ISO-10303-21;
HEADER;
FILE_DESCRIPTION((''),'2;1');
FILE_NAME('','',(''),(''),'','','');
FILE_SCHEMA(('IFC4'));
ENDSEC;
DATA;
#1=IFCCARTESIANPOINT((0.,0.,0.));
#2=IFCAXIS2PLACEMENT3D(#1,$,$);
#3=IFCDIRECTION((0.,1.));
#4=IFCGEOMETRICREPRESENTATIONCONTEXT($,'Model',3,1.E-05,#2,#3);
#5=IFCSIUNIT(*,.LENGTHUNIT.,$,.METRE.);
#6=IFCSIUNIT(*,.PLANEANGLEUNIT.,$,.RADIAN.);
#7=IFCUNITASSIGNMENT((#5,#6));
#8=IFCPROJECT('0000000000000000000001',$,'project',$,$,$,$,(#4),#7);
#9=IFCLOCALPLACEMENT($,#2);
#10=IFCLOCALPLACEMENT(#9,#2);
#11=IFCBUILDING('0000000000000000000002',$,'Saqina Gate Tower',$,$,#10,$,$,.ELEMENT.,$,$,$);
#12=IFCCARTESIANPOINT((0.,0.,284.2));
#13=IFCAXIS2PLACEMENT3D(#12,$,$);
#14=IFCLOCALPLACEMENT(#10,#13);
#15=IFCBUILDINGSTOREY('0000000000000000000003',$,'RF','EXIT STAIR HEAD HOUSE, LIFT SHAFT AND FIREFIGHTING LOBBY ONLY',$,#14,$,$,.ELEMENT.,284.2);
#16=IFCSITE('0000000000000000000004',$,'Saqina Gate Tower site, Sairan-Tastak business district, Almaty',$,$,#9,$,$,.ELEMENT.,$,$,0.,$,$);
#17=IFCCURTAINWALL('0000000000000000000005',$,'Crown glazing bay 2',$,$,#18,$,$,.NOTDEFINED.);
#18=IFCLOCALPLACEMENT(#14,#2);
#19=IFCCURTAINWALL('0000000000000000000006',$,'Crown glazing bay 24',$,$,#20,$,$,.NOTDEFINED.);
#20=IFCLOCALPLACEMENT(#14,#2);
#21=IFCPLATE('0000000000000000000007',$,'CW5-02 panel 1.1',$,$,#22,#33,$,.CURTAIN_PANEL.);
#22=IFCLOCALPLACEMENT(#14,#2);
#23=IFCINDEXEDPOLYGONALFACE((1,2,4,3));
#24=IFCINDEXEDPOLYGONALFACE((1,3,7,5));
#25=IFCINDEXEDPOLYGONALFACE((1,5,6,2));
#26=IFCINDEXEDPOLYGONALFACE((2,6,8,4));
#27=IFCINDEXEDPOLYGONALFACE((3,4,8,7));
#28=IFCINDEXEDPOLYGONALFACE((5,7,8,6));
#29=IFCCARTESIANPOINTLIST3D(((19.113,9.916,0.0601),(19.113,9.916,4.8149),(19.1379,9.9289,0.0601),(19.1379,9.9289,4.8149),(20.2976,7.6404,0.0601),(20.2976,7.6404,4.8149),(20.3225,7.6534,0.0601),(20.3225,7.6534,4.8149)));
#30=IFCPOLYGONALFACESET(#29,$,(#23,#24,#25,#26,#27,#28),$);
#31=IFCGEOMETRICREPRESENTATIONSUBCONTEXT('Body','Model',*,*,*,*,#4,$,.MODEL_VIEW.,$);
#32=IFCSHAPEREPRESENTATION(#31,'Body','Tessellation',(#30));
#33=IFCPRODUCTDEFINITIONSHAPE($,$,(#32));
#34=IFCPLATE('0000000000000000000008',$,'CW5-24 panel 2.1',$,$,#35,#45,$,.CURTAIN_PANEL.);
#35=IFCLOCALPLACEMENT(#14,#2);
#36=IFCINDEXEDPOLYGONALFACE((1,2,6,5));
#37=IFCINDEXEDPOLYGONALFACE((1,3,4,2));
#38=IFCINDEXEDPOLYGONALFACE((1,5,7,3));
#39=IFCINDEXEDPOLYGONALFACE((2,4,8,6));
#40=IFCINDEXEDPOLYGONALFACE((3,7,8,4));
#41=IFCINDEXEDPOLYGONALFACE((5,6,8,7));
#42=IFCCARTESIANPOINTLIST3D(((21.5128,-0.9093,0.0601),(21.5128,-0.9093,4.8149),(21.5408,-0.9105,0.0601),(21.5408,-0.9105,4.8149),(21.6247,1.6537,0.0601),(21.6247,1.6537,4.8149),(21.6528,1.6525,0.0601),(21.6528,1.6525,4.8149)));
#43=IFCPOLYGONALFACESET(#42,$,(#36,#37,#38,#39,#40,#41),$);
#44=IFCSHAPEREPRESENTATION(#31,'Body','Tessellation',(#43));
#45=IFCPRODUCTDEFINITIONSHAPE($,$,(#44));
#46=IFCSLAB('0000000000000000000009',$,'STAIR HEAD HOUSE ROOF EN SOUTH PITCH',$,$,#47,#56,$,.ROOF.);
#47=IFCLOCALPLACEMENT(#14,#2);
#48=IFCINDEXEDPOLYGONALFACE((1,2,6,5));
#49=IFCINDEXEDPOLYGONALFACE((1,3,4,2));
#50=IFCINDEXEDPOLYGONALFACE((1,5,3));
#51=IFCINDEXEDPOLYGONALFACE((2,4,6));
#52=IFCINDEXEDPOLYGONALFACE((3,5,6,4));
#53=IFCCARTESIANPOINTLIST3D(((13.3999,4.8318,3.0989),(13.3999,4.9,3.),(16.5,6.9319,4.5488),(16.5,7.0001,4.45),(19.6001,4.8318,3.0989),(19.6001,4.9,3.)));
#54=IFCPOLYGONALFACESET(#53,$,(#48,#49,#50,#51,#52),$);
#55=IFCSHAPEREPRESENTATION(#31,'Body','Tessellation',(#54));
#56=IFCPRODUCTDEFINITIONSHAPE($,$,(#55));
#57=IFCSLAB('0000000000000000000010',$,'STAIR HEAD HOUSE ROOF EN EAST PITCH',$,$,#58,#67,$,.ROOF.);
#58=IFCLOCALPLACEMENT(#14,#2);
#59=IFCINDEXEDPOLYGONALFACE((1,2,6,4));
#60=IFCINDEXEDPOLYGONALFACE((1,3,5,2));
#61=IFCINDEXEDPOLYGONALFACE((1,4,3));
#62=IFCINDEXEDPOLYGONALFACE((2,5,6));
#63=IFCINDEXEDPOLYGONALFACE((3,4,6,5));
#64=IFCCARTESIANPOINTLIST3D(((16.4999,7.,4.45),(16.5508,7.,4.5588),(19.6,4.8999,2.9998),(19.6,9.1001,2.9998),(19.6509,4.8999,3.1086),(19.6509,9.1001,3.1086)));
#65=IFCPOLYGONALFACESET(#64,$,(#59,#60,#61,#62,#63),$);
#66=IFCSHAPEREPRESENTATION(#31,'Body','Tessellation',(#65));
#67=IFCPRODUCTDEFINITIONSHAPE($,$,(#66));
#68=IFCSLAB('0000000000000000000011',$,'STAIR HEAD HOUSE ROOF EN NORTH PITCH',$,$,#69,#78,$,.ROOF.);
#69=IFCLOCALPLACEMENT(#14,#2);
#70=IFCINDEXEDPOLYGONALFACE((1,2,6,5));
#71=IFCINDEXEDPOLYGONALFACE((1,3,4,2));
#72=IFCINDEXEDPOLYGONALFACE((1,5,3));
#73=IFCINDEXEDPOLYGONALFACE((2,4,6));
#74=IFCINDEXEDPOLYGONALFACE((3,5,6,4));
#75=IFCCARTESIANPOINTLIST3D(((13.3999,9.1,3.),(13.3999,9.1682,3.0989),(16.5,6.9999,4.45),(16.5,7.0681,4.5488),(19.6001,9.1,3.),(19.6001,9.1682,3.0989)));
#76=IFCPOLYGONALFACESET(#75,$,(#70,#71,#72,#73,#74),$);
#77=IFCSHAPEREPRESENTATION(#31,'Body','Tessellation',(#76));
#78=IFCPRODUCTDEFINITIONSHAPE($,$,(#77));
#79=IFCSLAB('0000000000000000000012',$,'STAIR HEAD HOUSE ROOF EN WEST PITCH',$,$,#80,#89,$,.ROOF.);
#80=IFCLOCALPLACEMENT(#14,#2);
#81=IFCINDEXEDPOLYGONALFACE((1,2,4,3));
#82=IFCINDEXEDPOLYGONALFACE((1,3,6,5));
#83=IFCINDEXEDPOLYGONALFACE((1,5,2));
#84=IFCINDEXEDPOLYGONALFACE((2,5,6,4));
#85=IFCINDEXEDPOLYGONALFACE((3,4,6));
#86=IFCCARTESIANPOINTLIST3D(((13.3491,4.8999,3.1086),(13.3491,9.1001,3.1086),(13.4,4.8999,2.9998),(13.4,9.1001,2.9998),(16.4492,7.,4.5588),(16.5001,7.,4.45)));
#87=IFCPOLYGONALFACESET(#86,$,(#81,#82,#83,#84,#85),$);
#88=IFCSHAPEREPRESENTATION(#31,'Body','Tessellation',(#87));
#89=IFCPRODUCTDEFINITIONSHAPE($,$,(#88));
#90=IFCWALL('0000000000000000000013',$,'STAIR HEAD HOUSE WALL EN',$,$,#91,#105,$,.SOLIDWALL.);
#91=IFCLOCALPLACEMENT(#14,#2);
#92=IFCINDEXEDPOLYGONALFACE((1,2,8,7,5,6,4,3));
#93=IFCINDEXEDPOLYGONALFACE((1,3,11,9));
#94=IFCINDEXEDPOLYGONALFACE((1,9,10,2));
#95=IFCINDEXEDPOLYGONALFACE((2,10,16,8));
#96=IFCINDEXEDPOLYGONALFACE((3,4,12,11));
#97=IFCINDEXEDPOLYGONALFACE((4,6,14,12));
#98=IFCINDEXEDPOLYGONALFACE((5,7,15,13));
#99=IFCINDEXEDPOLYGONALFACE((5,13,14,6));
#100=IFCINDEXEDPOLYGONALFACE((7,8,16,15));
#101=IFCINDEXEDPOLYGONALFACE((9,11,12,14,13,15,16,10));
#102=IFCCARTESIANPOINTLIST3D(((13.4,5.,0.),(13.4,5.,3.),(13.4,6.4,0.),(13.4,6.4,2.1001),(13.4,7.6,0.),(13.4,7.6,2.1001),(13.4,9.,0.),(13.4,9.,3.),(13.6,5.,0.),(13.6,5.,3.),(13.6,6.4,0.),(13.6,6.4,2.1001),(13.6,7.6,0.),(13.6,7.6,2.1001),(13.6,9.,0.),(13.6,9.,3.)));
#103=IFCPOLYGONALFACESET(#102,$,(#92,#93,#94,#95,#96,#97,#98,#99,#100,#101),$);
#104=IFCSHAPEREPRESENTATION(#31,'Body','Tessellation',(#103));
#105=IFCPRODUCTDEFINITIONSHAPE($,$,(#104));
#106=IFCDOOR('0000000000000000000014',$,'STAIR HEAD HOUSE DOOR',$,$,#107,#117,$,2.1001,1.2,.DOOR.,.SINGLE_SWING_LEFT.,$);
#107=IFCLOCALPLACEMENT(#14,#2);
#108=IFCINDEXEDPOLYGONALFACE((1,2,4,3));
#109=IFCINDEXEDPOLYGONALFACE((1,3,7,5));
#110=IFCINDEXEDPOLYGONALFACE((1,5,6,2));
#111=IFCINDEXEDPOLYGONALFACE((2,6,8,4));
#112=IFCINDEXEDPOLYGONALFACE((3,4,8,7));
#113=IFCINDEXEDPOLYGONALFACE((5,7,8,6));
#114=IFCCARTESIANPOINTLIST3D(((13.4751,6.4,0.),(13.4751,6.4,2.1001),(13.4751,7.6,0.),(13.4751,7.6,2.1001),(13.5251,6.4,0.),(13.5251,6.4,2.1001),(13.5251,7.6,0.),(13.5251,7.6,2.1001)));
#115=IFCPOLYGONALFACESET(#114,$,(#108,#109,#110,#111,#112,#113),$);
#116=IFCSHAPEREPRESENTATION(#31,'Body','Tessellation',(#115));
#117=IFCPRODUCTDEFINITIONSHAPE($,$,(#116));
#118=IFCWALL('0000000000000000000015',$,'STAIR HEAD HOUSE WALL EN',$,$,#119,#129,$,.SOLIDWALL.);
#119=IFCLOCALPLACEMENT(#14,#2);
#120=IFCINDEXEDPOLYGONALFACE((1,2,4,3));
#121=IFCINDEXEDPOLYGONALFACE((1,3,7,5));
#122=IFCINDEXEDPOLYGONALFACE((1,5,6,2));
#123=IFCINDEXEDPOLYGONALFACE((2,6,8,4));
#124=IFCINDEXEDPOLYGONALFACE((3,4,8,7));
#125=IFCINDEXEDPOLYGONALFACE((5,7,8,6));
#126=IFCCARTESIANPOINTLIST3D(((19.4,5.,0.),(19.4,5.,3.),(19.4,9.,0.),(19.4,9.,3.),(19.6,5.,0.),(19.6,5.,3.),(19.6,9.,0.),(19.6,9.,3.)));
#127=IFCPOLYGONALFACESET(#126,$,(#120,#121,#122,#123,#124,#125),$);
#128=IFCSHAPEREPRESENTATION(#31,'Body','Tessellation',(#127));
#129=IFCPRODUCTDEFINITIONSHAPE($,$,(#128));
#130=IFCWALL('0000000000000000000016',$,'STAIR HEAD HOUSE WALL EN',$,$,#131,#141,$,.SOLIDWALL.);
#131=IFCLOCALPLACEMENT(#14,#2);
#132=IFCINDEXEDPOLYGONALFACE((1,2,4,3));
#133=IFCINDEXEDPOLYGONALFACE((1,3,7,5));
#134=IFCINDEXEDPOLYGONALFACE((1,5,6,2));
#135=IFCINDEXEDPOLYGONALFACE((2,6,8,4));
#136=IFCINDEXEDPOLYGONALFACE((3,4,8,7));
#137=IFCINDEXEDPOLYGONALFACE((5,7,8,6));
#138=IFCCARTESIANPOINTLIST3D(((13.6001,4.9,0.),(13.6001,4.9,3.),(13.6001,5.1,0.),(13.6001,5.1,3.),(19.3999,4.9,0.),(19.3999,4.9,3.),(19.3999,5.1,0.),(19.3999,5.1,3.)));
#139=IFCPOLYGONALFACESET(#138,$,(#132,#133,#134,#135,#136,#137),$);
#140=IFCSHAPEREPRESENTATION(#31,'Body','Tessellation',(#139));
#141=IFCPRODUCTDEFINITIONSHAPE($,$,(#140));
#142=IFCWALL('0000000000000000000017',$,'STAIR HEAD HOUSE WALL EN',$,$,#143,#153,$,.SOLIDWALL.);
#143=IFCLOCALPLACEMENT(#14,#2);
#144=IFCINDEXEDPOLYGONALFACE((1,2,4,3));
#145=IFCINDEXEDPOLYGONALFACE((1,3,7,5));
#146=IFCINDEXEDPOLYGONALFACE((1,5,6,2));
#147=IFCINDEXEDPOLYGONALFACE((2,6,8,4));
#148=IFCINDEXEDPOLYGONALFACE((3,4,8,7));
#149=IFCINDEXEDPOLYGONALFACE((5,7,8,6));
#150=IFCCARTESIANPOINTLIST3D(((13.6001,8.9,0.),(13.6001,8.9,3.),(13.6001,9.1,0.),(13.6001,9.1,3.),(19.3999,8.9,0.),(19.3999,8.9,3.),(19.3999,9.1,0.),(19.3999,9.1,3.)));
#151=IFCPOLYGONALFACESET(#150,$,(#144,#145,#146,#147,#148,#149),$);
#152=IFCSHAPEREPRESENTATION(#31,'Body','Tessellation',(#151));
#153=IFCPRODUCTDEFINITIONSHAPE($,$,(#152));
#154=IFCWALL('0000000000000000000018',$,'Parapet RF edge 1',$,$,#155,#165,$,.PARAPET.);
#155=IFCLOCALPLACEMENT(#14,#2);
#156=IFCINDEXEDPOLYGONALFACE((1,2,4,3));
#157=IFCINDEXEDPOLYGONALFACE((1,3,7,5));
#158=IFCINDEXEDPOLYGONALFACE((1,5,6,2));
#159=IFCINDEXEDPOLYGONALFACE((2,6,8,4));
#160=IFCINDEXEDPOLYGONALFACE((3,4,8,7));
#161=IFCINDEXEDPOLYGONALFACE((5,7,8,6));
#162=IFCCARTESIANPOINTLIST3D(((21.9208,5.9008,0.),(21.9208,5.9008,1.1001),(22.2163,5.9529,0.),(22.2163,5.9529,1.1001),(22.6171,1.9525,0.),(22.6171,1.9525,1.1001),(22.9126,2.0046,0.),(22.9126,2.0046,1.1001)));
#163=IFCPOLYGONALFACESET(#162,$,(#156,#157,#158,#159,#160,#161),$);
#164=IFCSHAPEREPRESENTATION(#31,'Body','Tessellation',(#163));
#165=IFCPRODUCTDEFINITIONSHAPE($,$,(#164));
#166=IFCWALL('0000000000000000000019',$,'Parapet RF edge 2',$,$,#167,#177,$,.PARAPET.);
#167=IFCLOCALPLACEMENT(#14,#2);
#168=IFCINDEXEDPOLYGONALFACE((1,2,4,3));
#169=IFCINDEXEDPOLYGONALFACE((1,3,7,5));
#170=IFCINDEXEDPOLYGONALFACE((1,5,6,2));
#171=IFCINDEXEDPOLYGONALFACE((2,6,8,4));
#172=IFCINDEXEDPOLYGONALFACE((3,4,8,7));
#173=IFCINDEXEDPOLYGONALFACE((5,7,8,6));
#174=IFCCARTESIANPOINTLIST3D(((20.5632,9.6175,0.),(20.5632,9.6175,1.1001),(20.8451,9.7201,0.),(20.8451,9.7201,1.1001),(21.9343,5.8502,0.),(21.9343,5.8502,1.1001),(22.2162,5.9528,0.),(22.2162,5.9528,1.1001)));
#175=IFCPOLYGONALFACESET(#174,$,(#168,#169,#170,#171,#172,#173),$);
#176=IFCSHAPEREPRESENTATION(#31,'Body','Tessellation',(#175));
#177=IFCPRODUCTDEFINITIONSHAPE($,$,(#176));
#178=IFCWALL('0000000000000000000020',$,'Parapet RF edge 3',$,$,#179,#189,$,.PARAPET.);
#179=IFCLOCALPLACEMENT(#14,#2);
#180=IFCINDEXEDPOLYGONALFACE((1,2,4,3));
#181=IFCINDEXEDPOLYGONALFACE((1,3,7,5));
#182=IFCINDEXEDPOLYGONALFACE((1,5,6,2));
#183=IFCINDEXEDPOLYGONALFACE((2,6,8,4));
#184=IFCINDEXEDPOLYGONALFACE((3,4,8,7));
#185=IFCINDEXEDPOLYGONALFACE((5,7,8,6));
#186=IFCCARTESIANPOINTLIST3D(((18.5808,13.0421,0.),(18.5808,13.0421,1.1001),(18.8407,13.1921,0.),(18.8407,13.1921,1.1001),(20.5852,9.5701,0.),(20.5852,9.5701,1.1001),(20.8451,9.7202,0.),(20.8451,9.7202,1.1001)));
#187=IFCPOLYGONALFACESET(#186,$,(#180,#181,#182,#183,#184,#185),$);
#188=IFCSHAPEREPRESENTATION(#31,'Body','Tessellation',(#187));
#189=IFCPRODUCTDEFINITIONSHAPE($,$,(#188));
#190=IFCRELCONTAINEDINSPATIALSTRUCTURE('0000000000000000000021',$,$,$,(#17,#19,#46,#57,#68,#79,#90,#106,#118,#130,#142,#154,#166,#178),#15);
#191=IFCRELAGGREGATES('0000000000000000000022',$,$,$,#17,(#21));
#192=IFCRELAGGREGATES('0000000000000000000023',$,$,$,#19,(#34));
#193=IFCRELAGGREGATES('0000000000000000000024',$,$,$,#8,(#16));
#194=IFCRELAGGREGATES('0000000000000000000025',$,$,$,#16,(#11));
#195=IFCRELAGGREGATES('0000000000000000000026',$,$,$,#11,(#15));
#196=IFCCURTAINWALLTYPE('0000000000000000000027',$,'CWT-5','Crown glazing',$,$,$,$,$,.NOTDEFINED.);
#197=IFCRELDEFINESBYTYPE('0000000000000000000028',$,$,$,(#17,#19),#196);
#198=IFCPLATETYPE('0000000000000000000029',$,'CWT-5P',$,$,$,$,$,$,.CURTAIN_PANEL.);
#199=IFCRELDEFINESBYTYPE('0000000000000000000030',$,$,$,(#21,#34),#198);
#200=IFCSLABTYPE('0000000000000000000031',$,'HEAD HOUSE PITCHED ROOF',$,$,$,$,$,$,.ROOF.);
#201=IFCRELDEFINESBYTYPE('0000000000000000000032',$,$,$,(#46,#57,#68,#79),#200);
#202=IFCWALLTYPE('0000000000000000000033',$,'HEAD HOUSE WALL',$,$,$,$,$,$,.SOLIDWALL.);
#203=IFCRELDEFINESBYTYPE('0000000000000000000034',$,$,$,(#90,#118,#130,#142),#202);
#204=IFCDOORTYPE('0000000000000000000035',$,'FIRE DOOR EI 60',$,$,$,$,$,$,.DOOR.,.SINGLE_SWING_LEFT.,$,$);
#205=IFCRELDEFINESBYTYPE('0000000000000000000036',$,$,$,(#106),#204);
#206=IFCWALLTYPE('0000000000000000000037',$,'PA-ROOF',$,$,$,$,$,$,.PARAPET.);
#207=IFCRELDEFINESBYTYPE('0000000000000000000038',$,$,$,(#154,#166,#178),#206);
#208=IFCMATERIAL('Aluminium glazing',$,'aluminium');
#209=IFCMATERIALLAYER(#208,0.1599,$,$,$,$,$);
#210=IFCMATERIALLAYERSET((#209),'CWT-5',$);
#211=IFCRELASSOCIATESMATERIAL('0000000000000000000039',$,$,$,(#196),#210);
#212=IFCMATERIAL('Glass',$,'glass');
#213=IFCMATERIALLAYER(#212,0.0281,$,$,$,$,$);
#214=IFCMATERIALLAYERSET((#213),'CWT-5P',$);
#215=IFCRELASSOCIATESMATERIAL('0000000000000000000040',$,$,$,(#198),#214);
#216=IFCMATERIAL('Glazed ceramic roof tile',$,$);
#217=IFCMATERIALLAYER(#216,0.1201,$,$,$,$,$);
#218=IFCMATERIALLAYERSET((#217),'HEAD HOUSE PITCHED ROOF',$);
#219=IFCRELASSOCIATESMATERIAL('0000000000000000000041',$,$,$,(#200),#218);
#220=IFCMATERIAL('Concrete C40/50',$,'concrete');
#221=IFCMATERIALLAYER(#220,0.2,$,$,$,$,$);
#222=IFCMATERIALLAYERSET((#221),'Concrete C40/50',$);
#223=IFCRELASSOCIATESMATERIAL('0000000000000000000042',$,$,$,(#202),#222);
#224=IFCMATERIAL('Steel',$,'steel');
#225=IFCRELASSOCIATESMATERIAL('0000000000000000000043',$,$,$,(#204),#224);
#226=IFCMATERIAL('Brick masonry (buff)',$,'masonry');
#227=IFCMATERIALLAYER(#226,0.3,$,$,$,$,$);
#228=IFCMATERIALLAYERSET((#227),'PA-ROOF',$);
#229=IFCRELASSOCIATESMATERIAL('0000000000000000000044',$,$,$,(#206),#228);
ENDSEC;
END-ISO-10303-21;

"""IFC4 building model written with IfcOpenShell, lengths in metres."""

from ifc_helpers import new_model, si_unit, direction, frame, frame_2d, origin, origin_2d, place, context, subcontext, project, spatial, polyline, rectangle, outline, extrude, material, layer, layer_set, type_object, element, fill, aggregate, save


model = new_model("IFC4")

# Units and contexts
model_context = context("Model", 3, precision=1e-05, world=origin(), true_north=direction((0.0, 1.0)))
body_context = subcontext(model_context, "Body", "Model", "MODEL_VIEW")
ifc_project = project(units=[si_unit("LENGTHUNIT", "METRE"), si_unit("PLANEANGLEUNIT", "RADIAN")], contexts=[model_context])

# Site, building, storey
site_placement = place(None, origin())
site = spatial("IfcSite", under=ifc_project, at=site_placement, Name="Saqina Gate Tower site, Sairan-Tastak business district, Almaty", CompositionType="ELEMENT", RefElevation=0.0)
building_placement = place(site_placement, origin())
building = spatial("IfcBuilding", under=site, at=building_placement, Name="Saqina Gate Tower", CompositionType="ELEMENT")
storey_placement = place(building_placement, frame((0.0, 0.0, 284.2)))
storey = spatial("IfcBuildingStorey", under=building, at=storey_placement, Name="RF", Description="EXIT STAIR HEAD HOUSE, LIFT SHAFT AND FIREFIGHTING LOBBY ONLY", CompositionType="ELEMENT", Elevation=284.2)

# Curtain walls
ifc_material_1 = material(Name="Aluminium glazing", Category="aluminium")
ifc_layer_1 = layer(ifc_material_1, 0.1599)
ifc_layer_set_1 = layer_set([ifc_layer_1], Name="CWT-5")
curtain_wall_type = type_object("IfcCurtainWallType", Name="CWT-5", Description="Crown glazing", PredefinedType="NOTDEFINED", material=ifc_layer_set_1)
curtain_wall_1_placement = place(storey_placement, origin())
curtain_wall_1 = element("IfcCurtainWall", 1, at=curtain_wall_1_placement, inside=storey, type_object=curtain_wall_type, Name="Crown glazing bay 2", PredefinedType="NOTDEFINED")
curtain_wall_2_placement = place(storey_placement, origin())
curtain_wall_2 = element("IfcCurtainWall", 2, at=curtain_wall_2_placement, inside=storey, type_object=curtain_wall_type, Name="Crown glazing bay 24", PredefinedType="NOTDEFINED")

# Plates
ifc_material_2 = material(Name="Glass", Category="glass")
ifc_layer_2 = layer(ifc_material_2, 0.0281)
ifc_layer_set_2 = layer_set([ifc_layer_2], Name="CWT-5P")
plate_type = type_object("IfcPlateType", Name="CWT-5P", PredefinedType="CURTAIN_PANEL", material=ifc_layer_set_2)
plate_1_placement = place(storey_placement, frame((19.7178, 8.7847, 0.0601), z_axis=(0.0, 0.0, 1.0), x_axis=(-0.461751, 0.88701, 0.0)))
plate_1 = element("IfcPlate", 3, at=plate_1_placement, type_object=plate_type, Name="CW5-02 panel 1.1", PredefinedType="CURTAIN_PANEL", context=body_context, shape_type="SweptSolid", body=[
    extrude(rectangle(XDim=2.5654, YDim=0.0281, at=origin_2d()), origin(), (0.0, 0.0, 1.0), 4.7549),
])
aggregate(curtain_wall_1, [plate_1])
plate_2_placement = place(storey_placement, frame((21.5828, 0.3716, 0.0601), z_axis=(0.0, 0.0, 1.0), x_axis=(0.043629, 0.999048, 0.0)))
plate_2 = element("IfcPlate", 4, at=plate_2_placement, type_object=plate_type, Name="CW5-24 panel 2.1", PredefinedType="CURTAIN_PANEL", context=body_context, shape_type="SweptSolid", body=[
    extrude(rectangle(XDim=2.5654, YDim=0.0281, at=origin_2d()), origin(), (0.0, 0.0, 1.0), 4.7549),
])
aggregate(curtain_wall_2, [plate_2])

# Slabs
ifc_material_3 = material(Name="Glazed ceramic roof tile")
ifc_layer_3 = layer(ifc_material_3, 0.1201)
ifc_layer_set_3 = layer_set([ifc_layer_3], Name="HEAD HOUSE PITCHED ROOF")
slab_type = type_object("IfcSlabType", Name="HEAD HOUSE PITCHED ROOF", PredefinedType="ROOF", material=ifc_layer_set_3)
slab_1_placement = place(storey_placement, frame((13.3999, 4.8318, 3.0989), z_axis=(0.0, -0.56816, 0.822918), x_axis=(1.0, 0.0, 0.0)))
element("IfcSlab", 5, at=slab_1_placement, inside=storey, type_object=slab_type, Name="STAIR HEAD HOUSE ROOF EN SOUTH PITCH", PredefinedType="ROOF", context=body_context, shape_type="SweptSolid", body=[
    extrude(outline(polyline([(0.0, 0.0), (6.2002, 0.0), (3.1001, 2.552), (0.0, 0.0)])), origin(), (0.0, 0.0, -1.0), 0.1201),
])
slab_2_placement = place(storey_placement, frame((19.6509, 4.8999, 3.1086), z_axis=(0.423721, 0.0, 0.905793), x_axis=(0.0, 1.0, 0.0)))
element("IfcSlab", 6, at=slab_2_placement, inside=storey, type_object=slab_type, Name="STAIR HEAD HOUSE ROOF EN EAST PITCH", PredefinedType="ROOF", context=body_context, shape_type="SweptSolid", body=[
    extrude(outline(polyline([(0.0, 0.0), (4.2002, 0.0), (2.1001, 3.4225), (0.0, 0.0)])), origin(), (0.0, 0.0, -1.0), 0.1201),
])
slab_3_placement = place(storey_placement, frame((19.6001, 9.1682, 3.0989), z_axis=(0.0, 0.56816, 0.822918), x_axis=(-1.0, 0.0, 0.0)))
element("IfcSlab", 7, at=slab_3_placement, inside=storey, type_object=slab_type, Name="STAIR HEAD HOUSE ROOF EN NORTH PITCH", PredefinedType="ROOF", context=body_context, shape_type="SweptSolid", body=[
    extrude(outline(polyline([(0.0, 0.0), (6.2002, 0.0), (3.1001, 2.552), (0.0, 0.0)])), origin(), (0.0, 0.0, -1.0), 0.1201),
])
slab_4_placement = place(storey_placement, frame((13.3491, 9.1001, 3.1086), z_axis=(-0.423721, 0.0, 0.905793), x_axis=(0.0, -1.0, 0.0)))
element("IfcSlab", 8, at=slab_4_placement, inside=storey, type_object=slab_type, Name="STAIR HEAD HOUSE ROOF EN WEST PITCH", PredefinedType="ROOF", context=body_context, shape_type="SweptSolid", body=[
    extrude(outline(polyline([(0.0, 0.0), (4.2002, 0.0), (2.1001, 3.4225), (0.0, 0.0)])), origin(), (0.0, 0.0, -1.0), 0.1201),
])

# Wall, opening, door
ifc_material_4 = material(Name="Concrete C40/50", Category="concrete")
ifc_layer_4 = layer(ifc_material_4, 0.2)
ifc_layer_set_4 = layer_set([ifc_layer_4], Name="Concrete C40/50")
wall_type_1 = type_object("IfcWallType", Name="HEAD HOUSE WALL", PredefinedType="SOLIDWALL", material=ifc_layer_set_4)
wall_1_placement = place(storey_placement, frame((13.5, 5.0, 0.0), z_axis=(0.0, 0.0, 1.0), x_axis=(0.0, 1.0, 0.0)))
wall_1 = element("IfcWall", 9, at=wall_1_placement, inside=storey, type_object=wall_type_1, Name="STAIR HEAD HOUSE WALL EN", PredefinedType="SOLIDWALL", context=body_context, shape_type="SweptSolid", body=[
    extrude(rectangle(XDim=4.0, YDim=0.2, at=frame_2d((2.0, 0.0))), origin(), (0.0, 0.0, 1.0), 3.0),
])
opening_placement = place(wall_1_placement, frame((1.3999, 0.0, 0.0)))
opening = element("IfcOpeningElement", 10, at=opening_placement, cuts=wall_1, PredefinedType="OPENING", context=body_context, shape_type="SweptSolid", body=[
    extrude(rectangle(XDim=1.2, YDim=2.1001, at=frame_2d((0.6001, 1.05))), frame((0.0, 0.1121, 0.0), z_axis=(0.0, -1.0, 0.0), x_axis=(1.0, 0.0, 0.0)), (0.0, 0.0, 1.0), 0.2239),
])
ifc_material_5 = material(Name="Steel", Category="steel")
door_type = type_object("IfcDoorType", Name="FIRE DOOR EI 60", OperationType="SINGLE_SWING_LEFT", PredefinedType="DOOR", material=ifc_material_5)
door_placement = place(opening_placement, origin())
door = element("IfcDoor", 11, at=door_placement, inside=storey, type_object=door_type, Name="STAIR HEAD HOUSE DOOR", OperationType="SINGLE_SWING_LEFT", OverallHeight=2.1001, OverallWidth=1.2, PredefinedType="DOOR", context=body_context, shape_type="SweptSolid", body=[
    extrude(rectangle(XDim=1.2, YDim=2.1001, at=frame_2d((0.6001, 1.05))), frame((0.0, 0.0249, 0.0), z_axis=(0.0, -1.0, 0.0), x_axis=(1.0, 0.0, 0.0)), (0.0, 0.0, 1.0), 0.05),
])
fill(opening, door)

# Walls
wall_2_placement = place(storey_placement, frame((19.5, 5.0, 0.0), z_axis=(0.0, 0.0, 1.0), x_axis=(0.0, 1.0, 0.0)))
element("IfcWall", 12, at=wall_2_placement, inside=storey, type_object=wall_type_1, Name="STAIR HEAD HOUSE WALL EN", PredefinedType="SOLIDWALL", context=body_context, shape_type="SweptSolid", body=[
    extrude(rectangle(XDim=4.0, YDim=0.2, at=frame_2d((2.0, 0.0))), origin(), (0.0, 0.0, 1.0), 3.0),
])
for number, where, z_axis, x_axis, name in (
    (13, (13.6001, 5.0, 0.0), (0.0, 0.0, 1.0), (1.0, 0.0, 0.0), "STAIR HEAD HOUSE WALL EN"),
    (14, (13.6001, 9.0, 0.0), (0.0, 0.0, 1.0), (1.0, 0.0, 0.0), "STAIR HEAD HOUSE WALL EN"),
):
    element("IfcWall", number, at=place(storey_placement, frame(where, z_axis=z_axis, x_axis=x_axis)), inside=storey, type_object=wall_type_1, Name=name, PredefinedType="SOLIDWALL", context=body_context, shape_type="SweptSolid", body=[
        extrude(rectangle(XDim=5.7998, YDim=0.2, at=frame_2d((2.8999, 0.0))), origin(), (0.0, 0.0, 1.0), 3.0),
    ])
ifc_material_6 = material(Name="Brick masonry (buff)", Category="masonry")
ifc_layer_5 = layer(ifc_material_6, 0.3)
ifc_layer_set_5 = layer_set([ifc_layer_5], Name="PA-ROOF")
wall_type_2 = type_object("IfcWallType", Name="PA-ROOF", PredefinedType="PARAPET", material=ifc_layer_set_5)
wall_3_placement = place(storey_placement, frame((22.7649, 1.9785, 0.0), z_axis=(0.0, 0.0, 1.0), x_axis=(-0.173674, 0.984803, 0.0)))
element("IfcWall", 15, at=wall_3_placement, inside=storey, type_object=wall_type_2, Name="Parapet RF edge 1", PredefinedType="PARAPET", context=body_context, shape_type="SweptSolid", body=[
    extrude(rectangle(XDim=4.0093, YDim=0.3, at=frame_2d((2.0046, 0.0))), origin(), (0.0, 0.0, 1.0), 1.1001),
])
for number, where, z_axis, x_axis, name in (
    (16, (22.0752, 5.9016, 0.0), (0.0, 0.0, 1.0), (-0.341997, 0.939701, 0.0), "Parapet RF edge 2"),
    (17, (20.7151, 9.6453, 0.0), (0.0, 0.0, 1.0), (-0.499977, 0.866039, 0.0), "Parapet RF edge 3"),
):
    element("IfcWall", number, at=place(storey_placement, frame(where, z_axis=z_axis, x_axis=x_axis)), inside=storey, type_object=wall_type_2, Name=name, PredefinedType="PARAPET", context=body_context, shape_type="SweptSolid", body=[
        extrude(rectangle(XDim=4.009, YDim=0.3, at=frame_2d((2.0044, 0.0))), origin(), (0.0, 0.0, 1.0), 1.1001),
    ])

save(model, "model.ifc")
